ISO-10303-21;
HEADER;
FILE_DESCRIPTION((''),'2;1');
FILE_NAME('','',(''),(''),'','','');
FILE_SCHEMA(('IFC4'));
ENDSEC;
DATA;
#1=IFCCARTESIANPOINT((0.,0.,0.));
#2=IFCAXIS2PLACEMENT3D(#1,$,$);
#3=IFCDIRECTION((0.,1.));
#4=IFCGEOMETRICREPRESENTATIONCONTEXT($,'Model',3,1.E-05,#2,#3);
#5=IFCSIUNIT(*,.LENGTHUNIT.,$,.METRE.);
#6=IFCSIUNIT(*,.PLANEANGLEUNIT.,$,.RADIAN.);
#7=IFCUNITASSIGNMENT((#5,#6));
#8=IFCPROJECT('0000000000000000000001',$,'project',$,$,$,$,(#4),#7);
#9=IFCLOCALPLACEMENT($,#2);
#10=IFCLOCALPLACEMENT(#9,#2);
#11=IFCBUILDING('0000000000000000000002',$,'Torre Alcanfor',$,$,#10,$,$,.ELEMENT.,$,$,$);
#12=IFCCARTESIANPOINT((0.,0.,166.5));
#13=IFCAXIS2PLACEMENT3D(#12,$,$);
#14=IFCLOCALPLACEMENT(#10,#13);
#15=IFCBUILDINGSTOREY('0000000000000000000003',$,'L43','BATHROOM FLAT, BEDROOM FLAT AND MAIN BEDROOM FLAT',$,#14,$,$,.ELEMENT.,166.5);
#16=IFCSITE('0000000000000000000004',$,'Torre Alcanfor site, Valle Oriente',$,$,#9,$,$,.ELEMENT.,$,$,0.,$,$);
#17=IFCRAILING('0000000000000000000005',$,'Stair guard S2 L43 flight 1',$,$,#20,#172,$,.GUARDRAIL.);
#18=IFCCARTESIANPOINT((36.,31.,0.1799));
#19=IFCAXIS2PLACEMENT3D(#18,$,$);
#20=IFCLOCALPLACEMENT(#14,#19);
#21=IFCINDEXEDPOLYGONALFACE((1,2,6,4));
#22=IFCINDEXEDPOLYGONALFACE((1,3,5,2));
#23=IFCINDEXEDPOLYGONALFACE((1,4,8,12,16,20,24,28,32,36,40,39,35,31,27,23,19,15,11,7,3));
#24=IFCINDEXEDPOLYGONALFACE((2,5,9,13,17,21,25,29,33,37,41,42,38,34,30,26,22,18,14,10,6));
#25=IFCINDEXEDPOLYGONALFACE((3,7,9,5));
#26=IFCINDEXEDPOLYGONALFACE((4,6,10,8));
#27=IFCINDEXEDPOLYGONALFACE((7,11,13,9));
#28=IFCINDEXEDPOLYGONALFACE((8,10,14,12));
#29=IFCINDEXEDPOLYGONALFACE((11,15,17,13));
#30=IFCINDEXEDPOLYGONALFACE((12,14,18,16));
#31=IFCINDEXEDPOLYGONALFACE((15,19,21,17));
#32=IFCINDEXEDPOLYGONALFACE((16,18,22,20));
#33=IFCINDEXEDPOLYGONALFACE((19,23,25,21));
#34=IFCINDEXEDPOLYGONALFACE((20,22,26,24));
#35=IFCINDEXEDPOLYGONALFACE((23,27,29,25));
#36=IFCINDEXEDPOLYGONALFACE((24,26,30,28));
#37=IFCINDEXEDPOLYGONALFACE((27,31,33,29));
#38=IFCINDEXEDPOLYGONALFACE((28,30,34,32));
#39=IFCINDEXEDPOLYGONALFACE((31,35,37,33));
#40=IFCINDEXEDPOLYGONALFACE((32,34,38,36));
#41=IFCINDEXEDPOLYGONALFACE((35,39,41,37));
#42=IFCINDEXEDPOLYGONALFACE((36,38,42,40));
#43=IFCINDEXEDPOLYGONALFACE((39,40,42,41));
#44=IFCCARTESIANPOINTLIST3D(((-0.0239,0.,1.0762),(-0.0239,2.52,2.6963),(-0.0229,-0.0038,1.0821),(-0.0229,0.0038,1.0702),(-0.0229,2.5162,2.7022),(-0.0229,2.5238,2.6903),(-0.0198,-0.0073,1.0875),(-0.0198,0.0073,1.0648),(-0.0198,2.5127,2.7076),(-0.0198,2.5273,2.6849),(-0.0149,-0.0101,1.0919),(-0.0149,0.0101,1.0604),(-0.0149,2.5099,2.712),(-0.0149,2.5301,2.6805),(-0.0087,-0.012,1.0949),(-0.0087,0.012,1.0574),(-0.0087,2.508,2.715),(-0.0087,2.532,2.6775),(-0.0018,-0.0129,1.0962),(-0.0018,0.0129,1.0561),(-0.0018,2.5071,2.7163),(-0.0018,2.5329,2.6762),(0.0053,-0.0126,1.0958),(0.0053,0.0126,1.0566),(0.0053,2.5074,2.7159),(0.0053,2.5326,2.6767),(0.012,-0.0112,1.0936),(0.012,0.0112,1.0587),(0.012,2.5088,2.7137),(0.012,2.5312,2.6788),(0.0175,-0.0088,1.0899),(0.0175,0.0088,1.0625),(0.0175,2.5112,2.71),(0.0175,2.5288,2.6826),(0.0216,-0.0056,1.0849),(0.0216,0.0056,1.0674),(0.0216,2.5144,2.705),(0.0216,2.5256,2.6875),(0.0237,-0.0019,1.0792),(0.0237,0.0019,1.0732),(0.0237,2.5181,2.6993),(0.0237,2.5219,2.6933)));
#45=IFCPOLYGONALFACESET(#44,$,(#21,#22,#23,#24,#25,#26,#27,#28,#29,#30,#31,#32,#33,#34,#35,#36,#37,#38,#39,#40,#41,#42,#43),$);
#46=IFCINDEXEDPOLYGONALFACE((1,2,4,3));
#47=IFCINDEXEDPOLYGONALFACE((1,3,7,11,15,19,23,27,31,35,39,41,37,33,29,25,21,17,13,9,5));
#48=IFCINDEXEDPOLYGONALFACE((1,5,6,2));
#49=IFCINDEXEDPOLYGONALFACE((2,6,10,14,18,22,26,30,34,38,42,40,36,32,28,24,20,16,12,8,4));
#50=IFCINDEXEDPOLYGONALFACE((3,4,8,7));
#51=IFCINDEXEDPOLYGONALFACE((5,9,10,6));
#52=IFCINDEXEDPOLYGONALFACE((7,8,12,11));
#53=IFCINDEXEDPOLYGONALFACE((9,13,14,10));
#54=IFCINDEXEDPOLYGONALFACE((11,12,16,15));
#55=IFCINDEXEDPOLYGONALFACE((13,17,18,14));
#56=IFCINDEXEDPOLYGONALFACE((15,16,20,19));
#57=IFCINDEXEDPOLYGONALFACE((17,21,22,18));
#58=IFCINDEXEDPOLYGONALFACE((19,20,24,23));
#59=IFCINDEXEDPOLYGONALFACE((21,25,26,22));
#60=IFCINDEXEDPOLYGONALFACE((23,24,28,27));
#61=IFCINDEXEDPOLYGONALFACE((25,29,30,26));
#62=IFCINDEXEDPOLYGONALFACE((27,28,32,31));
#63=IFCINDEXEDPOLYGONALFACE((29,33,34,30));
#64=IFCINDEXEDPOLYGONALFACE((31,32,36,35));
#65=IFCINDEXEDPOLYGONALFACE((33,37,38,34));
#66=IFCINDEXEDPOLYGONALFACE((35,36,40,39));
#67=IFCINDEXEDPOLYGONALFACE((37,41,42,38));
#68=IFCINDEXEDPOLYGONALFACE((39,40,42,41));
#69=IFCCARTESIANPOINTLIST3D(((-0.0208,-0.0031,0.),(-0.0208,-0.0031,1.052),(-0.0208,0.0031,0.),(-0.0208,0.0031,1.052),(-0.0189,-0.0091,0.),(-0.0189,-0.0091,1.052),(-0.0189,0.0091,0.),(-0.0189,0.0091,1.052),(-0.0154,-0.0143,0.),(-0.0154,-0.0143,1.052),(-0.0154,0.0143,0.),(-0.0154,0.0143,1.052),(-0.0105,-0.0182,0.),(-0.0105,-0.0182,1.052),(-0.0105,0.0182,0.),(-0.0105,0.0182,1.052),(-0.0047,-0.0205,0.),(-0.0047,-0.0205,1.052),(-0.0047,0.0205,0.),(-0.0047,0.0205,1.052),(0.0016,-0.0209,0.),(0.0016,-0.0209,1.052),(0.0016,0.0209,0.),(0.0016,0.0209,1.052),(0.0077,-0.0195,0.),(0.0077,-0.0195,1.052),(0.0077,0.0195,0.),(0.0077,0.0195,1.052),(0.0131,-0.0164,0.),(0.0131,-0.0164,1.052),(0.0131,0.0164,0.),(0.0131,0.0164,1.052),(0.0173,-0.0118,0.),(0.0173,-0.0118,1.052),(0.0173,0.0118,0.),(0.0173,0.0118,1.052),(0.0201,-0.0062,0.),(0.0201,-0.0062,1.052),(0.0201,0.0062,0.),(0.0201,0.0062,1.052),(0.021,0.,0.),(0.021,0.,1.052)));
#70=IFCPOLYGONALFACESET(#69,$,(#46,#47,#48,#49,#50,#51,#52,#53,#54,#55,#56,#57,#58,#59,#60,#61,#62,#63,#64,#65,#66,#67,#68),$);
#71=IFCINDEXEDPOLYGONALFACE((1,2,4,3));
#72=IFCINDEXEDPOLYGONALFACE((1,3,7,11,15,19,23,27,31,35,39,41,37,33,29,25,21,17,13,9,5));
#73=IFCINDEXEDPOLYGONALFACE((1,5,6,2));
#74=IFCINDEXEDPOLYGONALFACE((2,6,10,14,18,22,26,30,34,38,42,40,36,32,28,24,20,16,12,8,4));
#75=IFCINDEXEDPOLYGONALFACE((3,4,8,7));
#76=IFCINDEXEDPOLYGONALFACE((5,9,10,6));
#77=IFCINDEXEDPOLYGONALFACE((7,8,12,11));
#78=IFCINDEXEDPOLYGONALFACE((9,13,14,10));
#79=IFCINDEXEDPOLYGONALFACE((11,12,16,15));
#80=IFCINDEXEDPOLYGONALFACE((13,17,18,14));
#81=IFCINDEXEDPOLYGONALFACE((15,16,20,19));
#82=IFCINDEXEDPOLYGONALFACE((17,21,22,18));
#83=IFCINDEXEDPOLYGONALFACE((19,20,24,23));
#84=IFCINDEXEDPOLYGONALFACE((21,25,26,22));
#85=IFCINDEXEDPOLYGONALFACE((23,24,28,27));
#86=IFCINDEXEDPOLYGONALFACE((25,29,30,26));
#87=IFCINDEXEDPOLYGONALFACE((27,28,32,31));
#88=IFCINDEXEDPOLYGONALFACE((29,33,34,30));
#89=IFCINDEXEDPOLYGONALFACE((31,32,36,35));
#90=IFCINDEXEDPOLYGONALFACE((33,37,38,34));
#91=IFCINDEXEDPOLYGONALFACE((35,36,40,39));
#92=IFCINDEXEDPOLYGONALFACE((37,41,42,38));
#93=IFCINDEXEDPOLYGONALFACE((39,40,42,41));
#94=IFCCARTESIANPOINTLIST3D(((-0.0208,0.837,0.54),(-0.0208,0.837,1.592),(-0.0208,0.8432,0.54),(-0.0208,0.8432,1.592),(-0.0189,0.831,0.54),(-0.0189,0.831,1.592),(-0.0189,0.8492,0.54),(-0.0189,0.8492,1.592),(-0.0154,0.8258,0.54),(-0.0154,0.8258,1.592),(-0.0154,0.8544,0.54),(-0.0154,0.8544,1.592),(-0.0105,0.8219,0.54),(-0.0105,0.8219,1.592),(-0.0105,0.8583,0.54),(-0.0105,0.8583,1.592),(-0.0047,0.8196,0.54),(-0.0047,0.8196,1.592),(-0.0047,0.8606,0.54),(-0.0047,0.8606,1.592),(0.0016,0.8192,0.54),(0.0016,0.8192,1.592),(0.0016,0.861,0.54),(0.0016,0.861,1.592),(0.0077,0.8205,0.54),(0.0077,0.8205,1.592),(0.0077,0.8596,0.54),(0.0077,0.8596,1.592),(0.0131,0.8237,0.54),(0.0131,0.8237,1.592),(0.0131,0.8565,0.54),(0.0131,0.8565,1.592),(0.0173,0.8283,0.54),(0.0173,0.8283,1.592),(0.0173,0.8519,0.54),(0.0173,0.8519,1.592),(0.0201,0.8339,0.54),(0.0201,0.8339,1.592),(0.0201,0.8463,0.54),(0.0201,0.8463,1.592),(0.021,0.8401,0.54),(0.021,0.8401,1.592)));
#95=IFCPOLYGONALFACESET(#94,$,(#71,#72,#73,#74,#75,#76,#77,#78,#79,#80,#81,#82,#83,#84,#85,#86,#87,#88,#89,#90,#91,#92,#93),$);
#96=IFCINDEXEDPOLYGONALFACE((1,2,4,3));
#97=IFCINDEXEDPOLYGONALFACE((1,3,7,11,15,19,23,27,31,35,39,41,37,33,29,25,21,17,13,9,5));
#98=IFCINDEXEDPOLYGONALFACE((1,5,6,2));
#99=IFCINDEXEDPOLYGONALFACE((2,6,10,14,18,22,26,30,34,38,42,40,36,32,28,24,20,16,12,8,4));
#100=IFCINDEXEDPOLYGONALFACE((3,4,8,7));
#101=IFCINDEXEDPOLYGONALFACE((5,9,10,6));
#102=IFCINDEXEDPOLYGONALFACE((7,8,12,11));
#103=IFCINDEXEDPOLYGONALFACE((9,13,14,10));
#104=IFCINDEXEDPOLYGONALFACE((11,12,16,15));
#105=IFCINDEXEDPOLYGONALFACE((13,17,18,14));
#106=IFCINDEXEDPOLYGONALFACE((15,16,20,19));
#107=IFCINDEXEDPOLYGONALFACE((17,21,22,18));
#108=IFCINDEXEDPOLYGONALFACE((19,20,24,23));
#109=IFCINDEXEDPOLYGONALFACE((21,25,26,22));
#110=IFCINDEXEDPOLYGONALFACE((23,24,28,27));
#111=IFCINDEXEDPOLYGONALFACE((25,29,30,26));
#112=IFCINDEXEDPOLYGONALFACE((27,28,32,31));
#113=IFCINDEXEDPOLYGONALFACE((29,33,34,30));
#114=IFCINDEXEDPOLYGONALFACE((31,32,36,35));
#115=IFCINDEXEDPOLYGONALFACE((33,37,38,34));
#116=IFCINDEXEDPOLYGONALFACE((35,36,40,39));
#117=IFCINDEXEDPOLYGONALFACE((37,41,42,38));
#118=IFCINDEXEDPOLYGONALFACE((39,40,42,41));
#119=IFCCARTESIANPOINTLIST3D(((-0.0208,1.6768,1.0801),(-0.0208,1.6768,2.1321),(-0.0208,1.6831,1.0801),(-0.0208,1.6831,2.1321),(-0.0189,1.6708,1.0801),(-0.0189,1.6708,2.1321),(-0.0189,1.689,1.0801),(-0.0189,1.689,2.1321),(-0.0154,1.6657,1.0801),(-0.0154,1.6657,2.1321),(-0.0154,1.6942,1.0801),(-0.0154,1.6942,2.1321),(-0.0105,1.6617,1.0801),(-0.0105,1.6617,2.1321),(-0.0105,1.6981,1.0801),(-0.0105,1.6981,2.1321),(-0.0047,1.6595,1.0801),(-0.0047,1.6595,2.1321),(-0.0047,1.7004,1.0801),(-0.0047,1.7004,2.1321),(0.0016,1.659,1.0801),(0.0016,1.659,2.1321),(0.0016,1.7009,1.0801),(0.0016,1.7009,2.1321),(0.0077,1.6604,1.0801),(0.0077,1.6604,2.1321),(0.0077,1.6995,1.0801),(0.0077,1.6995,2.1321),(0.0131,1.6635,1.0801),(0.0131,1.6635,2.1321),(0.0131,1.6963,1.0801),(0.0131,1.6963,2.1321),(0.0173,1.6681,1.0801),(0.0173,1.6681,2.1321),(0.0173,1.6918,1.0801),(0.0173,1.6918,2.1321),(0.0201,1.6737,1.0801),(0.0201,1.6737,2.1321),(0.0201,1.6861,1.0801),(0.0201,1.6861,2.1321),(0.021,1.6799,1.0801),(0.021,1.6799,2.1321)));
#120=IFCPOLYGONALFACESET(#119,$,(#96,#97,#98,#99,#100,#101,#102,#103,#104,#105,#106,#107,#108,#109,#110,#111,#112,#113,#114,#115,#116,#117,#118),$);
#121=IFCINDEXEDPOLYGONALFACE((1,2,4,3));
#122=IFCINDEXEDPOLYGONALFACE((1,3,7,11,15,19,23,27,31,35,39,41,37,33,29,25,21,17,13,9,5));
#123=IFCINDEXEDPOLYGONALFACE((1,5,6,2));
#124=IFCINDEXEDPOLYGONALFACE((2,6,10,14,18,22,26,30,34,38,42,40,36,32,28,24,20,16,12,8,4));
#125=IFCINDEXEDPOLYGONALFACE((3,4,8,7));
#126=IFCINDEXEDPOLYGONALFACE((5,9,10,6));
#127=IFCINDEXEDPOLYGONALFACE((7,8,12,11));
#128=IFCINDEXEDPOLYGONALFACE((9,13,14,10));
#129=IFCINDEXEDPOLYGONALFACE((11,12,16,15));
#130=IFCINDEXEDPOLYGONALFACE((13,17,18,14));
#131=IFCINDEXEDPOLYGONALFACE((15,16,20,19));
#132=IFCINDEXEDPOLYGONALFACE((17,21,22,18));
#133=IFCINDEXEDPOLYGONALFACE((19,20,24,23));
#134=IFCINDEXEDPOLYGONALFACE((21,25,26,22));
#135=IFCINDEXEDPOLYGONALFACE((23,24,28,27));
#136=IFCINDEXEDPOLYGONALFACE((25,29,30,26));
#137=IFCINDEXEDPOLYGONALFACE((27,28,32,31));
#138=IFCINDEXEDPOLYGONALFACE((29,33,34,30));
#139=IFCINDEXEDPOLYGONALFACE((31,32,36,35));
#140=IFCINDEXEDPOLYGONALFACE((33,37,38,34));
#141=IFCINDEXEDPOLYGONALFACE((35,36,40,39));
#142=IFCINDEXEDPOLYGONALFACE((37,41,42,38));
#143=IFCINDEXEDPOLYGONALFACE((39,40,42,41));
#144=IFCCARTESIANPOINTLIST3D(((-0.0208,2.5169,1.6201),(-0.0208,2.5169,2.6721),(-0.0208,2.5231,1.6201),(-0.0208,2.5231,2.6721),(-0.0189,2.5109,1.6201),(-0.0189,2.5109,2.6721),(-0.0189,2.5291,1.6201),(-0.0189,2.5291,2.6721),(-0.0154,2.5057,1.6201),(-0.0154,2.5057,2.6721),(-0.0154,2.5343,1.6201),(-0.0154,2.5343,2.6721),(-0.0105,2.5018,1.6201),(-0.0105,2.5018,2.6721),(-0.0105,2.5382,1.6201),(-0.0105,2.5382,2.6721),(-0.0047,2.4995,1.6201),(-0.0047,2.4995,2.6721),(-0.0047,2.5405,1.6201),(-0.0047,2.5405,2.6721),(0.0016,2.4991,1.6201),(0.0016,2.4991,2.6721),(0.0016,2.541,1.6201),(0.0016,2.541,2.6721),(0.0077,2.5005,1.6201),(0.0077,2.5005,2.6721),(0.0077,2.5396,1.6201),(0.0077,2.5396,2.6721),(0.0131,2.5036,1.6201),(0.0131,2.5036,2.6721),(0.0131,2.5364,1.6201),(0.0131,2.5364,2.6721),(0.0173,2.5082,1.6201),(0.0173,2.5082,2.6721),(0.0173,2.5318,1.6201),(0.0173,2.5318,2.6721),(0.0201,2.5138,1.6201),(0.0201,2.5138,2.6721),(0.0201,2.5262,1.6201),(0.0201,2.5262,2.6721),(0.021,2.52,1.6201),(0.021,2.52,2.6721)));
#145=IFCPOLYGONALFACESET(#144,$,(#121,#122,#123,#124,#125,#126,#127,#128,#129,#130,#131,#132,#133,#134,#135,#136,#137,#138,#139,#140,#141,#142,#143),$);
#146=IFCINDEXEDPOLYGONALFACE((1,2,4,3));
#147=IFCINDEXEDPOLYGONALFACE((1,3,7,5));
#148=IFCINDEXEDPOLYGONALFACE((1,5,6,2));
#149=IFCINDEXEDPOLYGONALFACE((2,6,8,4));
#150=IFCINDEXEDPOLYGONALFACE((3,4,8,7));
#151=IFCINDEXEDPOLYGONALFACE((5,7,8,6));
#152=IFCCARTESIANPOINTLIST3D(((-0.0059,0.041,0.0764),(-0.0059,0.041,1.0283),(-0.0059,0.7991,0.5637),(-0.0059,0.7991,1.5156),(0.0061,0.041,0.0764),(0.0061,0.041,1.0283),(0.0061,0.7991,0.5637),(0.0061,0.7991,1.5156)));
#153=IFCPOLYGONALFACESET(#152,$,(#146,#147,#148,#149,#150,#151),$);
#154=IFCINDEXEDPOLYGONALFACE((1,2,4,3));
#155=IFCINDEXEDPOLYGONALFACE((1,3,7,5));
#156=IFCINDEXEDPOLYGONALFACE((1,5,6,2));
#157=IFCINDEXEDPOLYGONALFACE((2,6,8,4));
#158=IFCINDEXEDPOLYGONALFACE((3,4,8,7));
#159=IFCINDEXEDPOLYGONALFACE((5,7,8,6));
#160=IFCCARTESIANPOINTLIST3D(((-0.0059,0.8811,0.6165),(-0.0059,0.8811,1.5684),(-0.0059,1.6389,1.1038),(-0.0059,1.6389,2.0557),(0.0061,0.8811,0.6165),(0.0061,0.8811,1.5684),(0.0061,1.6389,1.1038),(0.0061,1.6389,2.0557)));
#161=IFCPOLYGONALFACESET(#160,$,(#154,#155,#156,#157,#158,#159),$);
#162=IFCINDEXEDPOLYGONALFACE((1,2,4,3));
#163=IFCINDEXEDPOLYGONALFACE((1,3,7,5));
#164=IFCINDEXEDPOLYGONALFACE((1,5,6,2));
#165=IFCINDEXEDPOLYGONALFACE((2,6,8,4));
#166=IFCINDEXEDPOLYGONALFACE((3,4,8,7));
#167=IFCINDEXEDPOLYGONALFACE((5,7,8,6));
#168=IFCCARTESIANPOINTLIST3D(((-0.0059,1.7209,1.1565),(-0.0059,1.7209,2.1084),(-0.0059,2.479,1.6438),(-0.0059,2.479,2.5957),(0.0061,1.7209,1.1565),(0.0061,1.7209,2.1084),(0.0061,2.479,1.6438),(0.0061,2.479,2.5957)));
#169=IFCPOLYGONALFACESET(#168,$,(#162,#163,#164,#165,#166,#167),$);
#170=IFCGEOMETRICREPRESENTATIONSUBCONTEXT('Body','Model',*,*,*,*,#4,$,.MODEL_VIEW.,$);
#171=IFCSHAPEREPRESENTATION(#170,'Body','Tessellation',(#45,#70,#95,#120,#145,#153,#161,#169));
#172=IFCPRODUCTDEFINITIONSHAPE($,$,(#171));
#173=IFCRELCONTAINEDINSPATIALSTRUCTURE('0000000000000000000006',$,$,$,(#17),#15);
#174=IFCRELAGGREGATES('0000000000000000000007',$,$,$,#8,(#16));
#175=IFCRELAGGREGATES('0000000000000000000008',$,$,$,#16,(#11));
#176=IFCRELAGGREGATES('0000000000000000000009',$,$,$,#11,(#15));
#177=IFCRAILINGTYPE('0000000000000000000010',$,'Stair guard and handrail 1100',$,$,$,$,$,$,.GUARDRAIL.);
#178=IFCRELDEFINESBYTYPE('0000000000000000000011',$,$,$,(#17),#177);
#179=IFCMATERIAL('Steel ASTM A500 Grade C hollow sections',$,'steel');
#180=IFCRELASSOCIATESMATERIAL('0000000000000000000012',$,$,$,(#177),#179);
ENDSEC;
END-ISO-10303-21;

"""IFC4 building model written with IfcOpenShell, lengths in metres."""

from ifc_helpers import new_model, si_unit, direction, frame, origin, origin_2d, place, context, subcontext, project, spatial, polyline, circle, outline, extrude, material, type_object, element, save


model = new_model("IFC4")

# Units and contexts
model_context = context("Model", 3, precision=1e-05, world=origin(), true_north=direction((0.0, 1.0)))
body_context = subcontext(model_context, "Body", "Model", "MODEL_VIEW")
ifc_project = project(units=[si_unit("LENGTHUNIT", "METRE"), si_unit("PLANEANGLEUNIT", "RADIAN")], contexts=[model_context])

# Site, building, storey
site_placement = place(None, origin())
site = spatial("IfcSite", under=ifc_project, at=site_placement, Name="Torre Alcanfor site, Valle Oriente", CompositionType="ELEMENT", RefElevation=0.0)
building_placement = place(site_placement, origin())
building = spatial("IfcBuilding", under=site, at=building_placement, Name="Torre Alcanfor", CompositionType="ELEMENT")
storey_placement = place(building_placement, frame((0.0, 0.0, 166.5)))
storey = spatial("IfcBuildingStorey", under=building, at=storey_placement, Name="L43", Description="BATHROOM FLAT, BEDROOM FLAT AND MAIN BEDROOM FLAT", CompositionType="ELEMENT", Elevation=166.5)

# Railing
ifc_material_1 = material(Name="Steel ASTM A500 Grade C hollow sections", Category="steel")
railing_type_1 = type_object("IfcRailingType", Name="Stair guard and handrail 1100", PredefinedType="GUARDRAIL", material=ifc_material_1)
railing_1_placement = place(storey_placement, frame((36.0, 31.0, 0.1799)))
element("IfcRailing", 1, at=railing_1_placement, inside=storey, type_object=railing_type_1, Name="Stair guard S2 L43 flight 1", PredefinedType="GUARDRAIL", context=body_context, shape_type="SweptSolid", body=[
    extrude(circle(Radius=0.0239, at=origin_2d()), frame((0.0, 0.0, 1.0762), z_axis=(0.0, 0.841163, 0.540782), x_axis=(-1.0, 0.0, 0.0)), (0.0, 0.0, 1.0), 2.9958),
    extrude(circle(Radius=0.021, at=origin_2d()), origin(), (0.0, 0.0, 1.0), 1.052),
    extrude(circle(Radius=0.021, at=origin_2d()), frame((0.0, 0.8401, 0.54)), (0.0, 0.0, 1.0), 1.052),
    extrude(circle(Radius=0.021, at=origin_2d()), frame((0.0, 1.6799, 1.0801)), (0.0, 0.0, 1.0), 1.052),
    extrude(circle(Radius=0.021, at=origin_2d()), frame((0.0, 2.52, 1.6201)), (0.0, 0.0, 1.0), 1.052),
    extrude(outline(polyline([(0.041, 0.0764), (0.7991, 0.5637), (0.7991, 1.5156), (0.041, 1.0283), (0.041, 0.0764)])), frame((-0.0059, 0.0, 0.0), z_axis=(1.0, 0.0, 0.0), x_axis=(0.0, 1.0, 0.0)), (0.0, 0.0, 1.0), 0.012),
    extrude(outline(polyline([(0.8811, 0.6165), (1.6389, 1.1038), (1.6389, 2.0557), (0.8811, 1.5684), (0.8811, 0.6165)])), frame((-0.0059, 0.0, 0.0), z_axis=(1.0, 0.0, 0.0), x_axis=(0.0, 1.0, 0.0)), (0.0, 0.0, 1.0), 0.012),
    extrude(outline(polyline([(1.7209, 1.1565), (2.479, 1.6438), (2.479, 2.5957), (1.7209, 2.1084), (1.7209, 1.1565)])), frame((-0.0059, 0.0, 0.0), z_axis=(1.0, 0.0, 0.0), x_axis=(0.0, 1.0, 0.0)), (0.0, 0.0, 1.0), 0.012),
])

save(model, "model.ifc")
